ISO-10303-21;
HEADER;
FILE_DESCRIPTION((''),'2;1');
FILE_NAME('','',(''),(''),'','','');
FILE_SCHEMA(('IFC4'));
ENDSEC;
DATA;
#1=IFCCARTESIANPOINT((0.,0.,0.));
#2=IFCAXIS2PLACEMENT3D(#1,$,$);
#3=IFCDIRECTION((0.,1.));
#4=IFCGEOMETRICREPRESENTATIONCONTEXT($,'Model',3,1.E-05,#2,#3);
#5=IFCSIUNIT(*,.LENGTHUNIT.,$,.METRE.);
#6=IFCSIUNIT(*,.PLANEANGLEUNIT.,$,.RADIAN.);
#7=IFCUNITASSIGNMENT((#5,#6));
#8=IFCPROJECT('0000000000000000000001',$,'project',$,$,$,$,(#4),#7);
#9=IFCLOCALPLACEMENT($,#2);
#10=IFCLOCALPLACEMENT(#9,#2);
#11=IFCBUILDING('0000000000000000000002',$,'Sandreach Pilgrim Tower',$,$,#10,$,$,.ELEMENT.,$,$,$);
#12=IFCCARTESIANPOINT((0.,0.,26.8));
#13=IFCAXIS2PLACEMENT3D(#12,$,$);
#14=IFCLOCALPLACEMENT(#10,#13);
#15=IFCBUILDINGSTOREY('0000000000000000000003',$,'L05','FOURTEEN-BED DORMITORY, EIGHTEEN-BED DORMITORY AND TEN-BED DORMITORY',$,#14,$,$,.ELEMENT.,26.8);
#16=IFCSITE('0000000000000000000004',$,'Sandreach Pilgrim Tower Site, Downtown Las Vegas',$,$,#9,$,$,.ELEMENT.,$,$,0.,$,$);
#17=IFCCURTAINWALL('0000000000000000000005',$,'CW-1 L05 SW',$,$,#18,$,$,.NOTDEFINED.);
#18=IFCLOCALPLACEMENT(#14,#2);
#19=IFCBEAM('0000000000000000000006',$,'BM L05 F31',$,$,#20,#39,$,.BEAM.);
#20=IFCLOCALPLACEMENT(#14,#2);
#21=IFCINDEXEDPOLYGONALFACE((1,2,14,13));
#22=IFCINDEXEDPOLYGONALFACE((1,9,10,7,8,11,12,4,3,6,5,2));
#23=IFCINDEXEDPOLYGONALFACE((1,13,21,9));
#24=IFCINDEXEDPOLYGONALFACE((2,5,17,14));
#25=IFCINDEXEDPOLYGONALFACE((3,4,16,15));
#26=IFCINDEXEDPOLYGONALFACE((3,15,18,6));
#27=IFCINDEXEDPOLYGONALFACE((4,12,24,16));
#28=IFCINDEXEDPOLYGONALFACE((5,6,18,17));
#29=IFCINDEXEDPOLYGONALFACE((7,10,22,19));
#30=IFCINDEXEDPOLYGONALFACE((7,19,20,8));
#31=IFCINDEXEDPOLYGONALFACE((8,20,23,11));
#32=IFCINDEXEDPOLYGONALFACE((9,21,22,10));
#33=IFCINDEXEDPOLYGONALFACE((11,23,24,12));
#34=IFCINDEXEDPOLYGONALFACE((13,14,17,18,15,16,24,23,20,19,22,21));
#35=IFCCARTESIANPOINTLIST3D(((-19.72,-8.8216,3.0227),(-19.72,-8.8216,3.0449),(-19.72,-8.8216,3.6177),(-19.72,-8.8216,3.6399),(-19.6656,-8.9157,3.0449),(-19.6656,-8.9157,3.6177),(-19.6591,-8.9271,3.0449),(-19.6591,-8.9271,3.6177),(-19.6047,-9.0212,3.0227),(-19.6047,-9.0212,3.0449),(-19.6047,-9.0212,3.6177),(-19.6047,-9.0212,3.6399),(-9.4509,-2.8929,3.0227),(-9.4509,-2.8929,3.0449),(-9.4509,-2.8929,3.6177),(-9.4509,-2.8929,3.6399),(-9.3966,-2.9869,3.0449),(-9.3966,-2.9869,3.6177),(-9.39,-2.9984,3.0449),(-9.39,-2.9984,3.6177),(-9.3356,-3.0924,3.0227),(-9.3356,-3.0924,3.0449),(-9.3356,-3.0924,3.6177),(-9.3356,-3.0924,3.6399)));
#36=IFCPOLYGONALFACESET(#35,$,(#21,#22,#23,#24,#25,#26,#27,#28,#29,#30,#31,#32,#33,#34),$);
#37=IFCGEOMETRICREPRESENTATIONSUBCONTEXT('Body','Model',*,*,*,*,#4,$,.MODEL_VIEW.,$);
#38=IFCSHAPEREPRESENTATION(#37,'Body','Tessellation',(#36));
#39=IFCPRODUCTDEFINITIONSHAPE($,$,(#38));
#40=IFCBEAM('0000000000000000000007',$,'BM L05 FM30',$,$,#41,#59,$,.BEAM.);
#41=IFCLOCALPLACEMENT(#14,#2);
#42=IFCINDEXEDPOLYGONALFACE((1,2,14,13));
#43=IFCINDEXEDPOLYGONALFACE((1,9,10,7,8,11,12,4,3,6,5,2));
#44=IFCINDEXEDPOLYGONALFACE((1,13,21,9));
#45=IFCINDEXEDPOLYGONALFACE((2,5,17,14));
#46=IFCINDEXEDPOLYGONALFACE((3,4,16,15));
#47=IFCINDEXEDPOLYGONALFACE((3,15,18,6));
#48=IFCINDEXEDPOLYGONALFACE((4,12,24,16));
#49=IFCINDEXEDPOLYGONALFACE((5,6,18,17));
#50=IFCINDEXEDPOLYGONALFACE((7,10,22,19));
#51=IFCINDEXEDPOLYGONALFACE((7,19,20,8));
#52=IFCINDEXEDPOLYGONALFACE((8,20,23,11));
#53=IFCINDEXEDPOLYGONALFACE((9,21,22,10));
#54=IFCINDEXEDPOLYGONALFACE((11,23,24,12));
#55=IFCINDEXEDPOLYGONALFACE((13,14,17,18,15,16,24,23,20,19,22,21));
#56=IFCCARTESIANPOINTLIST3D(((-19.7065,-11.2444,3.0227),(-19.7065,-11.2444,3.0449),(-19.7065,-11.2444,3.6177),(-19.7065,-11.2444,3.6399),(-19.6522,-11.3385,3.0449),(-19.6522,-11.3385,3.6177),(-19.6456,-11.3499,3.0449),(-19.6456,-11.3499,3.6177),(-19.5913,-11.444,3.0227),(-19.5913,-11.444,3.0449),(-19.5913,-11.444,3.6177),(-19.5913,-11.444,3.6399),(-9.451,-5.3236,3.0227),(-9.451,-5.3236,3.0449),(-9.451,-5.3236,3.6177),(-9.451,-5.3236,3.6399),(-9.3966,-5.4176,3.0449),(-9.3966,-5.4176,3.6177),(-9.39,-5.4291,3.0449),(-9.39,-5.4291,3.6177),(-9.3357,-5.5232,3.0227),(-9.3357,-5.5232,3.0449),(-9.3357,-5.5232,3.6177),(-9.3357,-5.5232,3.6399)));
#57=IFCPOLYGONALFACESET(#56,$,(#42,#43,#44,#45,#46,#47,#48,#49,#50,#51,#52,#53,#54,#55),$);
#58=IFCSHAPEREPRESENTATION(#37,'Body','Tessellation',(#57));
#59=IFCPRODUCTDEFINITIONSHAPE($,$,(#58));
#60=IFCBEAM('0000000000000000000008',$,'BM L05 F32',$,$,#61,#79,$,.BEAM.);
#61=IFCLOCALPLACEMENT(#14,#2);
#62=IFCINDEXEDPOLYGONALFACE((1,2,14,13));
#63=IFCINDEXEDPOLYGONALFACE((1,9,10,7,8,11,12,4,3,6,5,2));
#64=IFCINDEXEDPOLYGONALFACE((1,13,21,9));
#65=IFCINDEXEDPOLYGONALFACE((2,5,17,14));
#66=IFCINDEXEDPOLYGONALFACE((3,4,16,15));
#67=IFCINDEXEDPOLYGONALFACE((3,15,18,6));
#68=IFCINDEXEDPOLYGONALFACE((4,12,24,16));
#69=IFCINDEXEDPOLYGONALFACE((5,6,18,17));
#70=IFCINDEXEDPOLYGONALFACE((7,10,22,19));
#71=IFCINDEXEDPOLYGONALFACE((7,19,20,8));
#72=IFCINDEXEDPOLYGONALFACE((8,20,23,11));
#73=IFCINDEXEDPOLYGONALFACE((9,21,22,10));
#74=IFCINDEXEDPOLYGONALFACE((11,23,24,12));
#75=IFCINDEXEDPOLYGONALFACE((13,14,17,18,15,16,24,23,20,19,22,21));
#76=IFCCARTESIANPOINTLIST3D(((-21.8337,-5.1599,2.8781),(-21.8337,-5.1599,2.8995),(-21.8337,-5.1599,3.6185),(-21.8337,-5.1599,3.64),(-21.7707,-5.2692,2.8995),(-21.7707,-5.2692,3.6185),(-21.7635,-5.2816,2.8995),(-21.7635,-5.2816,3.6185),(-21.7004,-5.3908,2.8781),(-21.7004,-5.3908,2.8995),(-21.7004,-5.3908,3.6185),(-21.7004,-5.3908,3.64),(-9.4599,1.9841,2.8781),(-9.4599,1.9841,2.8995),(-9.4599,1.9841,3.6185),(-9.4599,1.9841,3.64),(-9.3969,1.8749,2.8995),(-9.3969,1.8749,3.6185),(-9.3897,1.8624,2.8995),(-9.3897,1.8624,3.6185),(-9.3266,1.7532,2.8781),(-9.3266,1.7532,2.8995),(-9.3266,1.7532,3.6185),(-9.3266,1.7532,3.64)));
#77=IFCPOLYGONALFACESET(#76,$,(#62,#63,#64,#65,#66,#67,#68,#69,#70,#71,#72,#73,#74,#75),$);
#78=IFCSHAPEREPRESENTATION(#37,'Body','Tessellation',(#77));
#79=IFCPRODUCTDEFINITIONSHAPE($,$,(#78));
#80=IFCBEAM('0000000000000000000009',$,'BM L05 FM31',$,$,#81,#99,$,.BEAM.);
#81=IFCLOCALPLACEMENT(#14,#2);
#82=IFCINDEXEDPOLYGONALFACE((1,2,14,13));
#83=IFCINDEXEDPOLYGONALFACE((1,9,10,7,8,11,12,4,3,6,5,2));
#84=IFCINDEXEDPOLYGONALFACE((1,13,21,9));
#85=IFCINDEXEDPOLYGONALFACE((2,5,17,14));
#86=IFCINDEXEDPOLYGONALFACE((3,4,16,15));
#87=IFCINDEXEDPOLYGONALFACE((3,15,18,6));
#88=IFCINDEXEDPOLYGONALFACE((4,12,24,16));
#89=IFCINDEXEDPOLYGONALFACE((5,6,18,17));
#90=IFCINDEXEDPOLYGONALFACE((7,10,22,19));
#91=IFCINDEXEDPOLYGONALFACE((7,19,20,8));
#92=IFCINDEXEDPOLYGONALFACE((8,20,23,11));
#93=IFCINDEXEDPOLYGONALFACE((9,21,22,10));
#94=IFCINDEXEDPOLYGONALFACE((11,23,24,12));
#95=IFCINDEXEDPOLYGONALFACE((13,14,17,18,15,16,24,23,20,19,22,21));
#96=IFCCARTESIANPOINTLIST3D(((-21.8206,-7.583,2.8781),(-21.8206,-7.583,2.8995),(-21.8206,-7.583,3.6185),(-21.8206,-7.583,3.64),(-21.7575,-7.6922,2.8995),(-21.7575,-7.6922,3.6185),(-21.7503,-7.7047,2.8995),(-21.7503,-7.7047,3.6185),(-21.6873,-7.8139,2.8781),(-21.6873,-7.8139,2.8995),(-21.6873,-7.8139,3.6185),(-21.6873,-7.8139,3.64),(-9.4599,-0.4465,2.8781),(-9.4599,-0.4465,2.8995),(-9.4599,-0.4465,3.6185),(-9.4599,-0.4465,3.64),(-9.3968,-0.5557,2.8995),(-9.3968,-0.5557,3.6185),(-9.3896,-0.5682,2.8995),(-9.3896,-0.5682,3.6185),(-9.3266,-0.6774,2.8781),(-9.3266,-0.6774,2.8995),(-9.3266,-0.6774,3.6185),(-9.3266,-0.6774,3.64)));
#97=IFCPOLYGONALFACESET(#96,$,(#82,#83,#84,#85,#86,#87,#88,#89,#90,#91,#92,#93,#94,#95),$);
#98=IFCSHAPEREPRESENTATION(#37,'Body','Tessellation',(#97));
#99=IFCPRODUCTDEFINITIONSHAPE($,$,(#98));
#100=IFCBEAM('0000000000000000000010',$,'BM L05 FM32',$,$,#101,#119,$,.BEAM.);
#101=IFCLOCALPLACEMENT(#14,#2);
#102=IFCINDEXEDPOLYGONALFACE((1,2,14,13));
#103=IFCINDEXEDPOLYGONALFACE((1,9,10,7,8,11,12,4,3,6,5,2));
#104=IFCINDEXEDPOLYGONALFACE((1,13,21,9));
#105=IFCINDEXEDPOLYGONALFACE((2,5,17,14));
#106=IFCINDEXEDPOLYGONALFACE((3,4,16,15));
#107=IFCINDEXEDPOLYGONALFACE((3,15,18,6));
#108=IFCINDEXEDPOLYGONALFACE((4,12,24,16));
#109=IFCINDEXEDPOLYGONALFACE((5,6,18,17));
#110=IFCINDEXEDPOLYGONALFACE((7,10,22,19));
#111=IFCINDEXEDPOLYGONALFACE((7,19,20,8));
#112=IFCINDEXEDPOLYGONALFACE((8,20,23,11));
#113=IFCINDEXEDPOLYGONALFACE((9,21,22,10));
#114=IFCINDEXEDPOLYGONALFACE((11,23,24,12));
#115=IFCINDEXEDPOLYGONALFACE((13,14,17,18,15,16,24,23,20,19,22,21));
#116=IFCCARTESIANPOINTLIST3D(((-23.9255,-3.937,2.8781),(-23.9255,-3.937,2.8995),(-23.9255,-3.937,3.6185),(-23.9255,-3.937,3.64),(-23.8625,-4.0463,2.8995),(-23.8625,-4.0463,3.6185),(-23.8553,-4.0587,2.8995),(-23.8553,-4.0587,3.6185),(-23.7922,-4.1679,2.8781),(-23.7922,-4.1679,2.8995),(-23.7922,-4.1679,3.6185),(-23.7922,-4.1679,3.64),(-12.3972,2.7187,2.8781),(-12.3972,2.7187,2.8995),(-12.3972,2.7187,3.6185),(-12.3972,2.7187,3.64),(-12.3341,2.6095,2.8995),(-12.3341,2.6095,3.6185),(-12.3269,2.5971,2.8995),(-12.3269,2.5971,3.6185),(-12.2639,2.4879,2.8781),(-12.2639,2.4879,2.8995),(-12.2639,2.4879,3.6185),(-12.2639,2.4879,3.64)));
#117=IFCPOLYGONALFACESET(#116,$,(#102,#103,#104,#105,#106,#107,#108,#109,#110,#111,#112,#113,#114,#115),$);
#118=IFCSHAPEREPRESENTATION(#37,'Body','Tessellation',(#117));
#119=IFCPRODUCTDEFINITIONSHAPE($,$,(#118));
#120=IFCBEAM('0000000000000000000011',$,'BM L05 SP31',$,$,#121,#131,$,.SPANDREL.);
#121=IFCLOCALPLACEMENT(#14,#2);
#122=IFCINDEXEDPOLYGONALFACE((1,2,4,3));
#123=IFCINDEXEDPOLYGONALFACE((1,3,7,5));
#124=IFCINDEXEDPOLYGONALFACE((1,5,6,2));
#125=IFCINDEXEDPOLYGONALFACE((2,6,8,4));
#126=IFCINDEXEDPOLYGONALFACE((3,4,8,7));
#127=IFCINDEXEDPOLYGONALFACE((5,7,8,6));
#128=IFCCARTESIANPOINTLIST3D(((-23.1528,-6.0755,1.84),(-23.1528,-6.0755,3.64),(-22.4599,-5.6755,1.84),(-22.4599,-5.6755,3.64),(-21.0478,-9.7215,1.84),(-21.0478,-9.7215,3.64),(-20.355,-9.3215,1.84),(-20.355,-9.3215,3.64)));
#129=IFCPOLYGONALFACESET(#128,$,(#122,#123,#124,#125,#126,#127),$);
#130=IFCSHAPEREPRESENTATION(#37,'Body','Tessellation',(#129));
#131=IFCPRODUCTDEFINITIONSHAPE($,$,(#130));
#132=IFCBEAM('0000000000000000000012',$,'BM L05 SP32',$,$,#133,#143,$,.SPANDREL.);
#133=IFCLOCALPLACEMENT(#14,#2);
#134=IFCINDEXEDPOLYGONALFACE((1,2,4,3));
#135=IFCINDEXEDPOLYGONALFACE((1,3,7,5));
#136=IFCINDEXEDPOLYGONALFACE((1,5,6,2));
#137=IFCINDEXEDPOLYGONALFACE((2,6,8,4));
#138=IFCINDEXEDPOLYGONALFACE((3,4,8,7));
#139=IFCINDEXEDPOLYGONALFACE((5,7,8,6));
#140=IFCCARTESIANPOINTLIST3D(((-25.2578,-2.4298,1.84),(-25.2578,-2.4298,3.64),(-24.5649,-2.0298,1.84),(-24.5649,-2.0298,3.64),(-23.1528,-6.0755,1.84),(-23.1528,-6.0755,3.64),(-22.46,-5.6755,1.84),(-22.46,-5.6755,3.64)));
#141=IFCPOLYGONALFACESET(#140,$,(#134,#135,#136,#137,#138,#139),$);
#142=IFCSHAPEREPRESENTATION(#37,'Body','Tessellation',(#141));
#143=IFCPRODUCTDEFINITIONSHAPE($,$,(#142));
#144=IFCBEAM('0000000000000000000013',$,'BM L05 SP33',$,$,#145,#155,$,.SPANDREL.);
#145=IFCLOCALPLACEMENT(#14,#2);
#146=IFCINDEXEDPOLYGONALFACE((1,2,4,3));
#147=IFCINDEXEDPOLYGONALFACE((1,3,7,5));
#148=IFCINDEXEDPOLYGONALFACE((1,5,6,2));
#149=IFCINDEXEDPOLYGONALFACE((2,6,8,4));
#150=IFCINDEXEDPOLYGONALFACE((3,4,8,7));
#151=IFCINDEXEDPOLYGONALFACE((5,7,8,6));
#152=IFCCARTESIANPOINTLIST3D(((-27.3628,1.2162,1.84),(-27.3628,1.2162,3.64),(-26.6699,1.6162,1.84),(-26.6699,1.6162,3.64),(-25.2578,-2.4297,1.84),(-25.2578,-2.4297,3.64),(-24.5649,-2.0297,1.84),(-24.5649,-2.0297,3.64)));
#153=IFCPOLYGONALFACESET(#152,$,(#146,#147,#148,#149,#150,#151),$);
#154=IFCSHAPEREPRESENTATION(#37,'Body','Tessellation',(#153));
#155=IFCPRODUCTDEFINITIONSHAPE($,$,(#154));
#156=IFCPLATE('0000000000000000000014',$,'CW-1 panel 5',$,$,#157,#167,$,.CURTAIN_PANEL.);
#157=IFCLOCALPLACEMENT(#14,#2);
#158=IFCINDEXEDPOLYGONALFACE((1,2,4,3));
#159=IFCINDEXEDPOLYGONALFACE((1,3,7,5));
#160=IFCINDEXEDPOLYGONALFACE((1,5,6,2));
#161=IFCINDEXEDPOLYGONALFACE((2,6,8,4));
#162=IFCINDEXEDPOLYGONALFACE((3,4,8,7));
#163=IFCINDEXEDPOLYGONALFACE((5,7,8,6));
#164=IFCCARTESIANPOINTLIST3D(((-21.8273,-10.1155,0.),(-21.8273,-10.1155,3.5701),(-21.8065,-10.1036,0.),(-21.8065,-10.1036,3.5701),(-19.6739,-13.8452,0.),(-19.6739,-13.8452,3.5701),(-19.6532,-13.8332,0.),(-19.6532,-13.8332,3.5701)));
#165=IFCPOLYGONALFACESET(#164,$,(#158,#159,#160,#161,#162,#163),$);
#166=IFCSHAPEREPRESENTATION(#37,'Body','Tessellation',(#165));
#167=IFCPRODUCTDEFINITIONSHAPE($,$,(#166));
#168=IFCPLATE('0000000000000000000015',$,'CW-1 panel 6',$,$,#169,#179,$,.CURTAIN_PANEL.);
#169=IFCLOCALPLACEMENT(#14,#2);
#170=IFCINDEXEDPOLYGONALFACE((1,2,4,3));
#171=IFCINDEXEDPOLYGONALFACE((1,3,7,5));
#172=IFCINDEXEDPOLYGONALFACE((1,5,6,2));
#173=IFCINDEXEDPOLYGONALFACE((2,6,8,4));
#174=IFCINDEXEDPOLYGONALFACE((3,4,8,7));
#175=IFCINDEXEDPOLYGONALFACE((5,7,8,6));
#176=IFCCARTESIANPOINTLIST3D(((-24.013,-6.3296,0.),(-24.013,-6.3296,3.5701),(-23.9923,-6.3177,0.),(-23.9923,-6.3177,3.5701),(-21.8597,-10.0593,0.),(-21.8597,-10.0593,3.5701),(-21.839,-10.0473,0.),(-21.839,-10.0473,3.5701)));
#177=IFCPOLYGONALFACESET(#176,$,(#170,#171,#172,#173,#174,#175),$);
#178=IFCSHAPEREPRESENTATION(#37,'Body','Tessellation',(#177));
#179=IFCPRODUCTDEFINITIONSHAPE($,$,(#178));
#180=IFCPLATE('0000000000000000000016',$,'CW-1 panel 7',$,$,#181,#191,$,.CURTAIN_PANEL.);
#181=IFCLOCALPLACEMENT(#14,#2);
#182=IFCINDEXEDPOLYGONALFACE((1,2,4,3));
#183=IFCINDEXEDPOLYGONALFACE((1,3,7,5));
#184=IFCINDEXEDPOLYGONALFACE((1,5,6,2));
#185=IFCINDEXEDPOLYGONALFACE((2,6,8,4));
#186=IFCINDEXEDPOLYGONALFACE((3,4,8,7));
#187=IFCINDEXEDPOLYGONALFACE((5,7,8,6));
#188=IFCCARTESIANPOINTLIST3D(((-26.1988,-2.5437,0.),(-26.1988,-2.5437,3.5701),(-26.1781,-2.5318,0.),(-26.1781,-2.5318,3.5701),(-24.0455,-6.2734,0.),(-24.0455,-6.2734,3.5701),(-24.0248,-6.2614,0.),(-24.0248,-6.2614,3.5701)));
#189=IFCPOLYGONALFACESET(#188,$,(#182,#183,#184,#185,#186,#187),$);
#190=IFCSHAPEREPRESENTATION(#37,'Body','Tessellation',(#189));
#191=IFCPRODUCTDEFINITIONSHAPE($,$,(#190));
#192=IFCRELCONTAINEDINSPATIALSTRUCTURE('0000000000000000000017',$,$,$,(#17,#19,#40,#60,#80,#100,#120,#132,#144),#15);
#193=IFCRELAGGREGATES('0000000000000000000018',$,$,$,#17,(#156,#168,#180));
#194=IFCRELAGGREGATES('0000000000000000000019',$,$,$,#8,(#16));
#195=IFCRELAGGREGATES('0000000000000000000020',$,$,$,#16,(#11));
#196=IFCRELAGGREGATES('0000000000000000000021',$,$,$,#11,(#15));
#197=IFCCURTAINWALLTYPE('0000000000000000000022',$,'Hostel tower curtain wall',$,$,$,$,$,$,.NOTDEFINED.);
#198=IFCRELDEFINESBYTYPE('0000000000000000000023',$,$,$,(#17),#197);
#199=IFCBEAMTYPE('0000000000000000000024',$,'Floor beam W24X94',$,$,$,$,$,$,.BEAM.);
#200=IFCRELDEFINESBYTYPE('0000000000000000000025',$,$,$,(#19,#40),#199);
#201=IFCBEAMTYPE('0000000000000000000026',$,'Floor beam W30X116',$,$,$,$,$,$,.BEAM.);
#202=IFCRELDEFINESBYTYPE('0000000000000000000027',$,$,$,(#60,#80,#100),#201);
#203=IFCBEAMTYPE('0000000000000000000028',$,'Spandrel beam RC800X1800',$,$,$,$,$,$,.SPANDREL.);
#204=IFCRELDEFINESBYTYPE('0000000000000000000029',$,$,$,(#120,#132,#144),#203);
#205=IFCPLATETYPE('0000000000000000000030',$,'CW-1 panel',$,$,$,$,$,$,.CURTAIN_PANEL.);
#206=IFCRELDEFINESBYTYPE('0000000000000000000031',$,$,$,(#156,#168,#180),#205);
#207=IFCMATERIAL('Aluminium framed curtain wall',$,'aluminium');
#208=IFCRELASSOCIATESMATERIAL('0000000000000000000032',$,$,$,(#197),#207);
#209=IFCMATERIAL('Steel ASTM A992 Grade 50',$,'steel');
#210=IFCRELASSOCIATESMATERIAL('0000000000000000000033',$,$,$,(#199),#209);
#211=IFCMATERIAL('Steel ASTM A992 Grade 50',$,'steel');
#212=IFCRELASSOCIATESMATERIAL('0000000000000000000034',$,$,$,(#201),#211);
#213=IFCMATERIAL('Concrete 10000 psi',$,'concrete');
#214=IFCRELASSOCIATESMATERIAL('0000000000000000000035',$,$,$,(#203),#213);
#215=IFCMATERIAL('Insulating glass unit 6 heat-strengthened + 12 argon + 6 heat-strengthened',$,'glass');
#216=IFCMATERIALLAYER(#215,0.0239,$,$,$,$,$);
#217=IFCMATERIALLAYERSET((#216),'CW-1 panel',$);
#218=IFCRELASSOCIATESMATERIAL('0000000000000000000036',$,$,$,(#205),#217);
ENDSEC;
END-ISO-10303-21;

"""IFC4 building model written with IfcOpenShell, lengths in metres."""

from ifc_helpers import new_model, si_unit, direction, frame, origin, origin_2d, place, context, subcontext, project, spatial, rectangle, i_section, extrude, material, layer, layer_set, material_profile, profile_set, type_object, element, aggregate, save


model = new_model("IFC4")

# Units and contexts
model_context = context("Model", 3, precision=1e-05, world=origin(), true_north=direction((0.0, 1.0)))
body_context = subcontext(model_context, "Body", "Model", "MODEL_VIEW")
ifc_project = project(units=[si_unit("LENGTHUNIT", "METRE"), si_unit("PLANEANGLEUNIT", "RADIAN")], contexts=[model_context])

# Site, building, storey
site_placement = place(None, origin())
site = spatial("IfcSite", under=ifc_project, at=site_placement, Name="Sandreach Pilgrim Tower Site, Downtown Las Vegas", CompositionType="ELEMENT", RefElevation=0.0)
building_placement = place(site_placement, origin())
building = spatial("IfcBuilding", under=site, at=building_placement, Name="Sandreach Pilgrim Tower", CompositionType="ELEMENT")
storey_placement = place(building_placement, frame((0.0, 0.0, 26.8)))
storey = spatial("IfcBuildingStorey", under=building, at=storey_placement, Name="L05", Description="FOURTEEN-BED DORMITORY, EIGHTEEN-BED DORMITORY AND TEN-BED DORMITORY", CompositionType="ELEMENT", Elevation=26.8)

# Curtain wall
ifc_material_1 = material(Name="Aluminium framed curtain wall", Category="aluminium")
curtain_wall_type = type_object("IfcCurtainWallType", Name="Hostel tower curtain wall", PredefinedType="NOTDEFINED", material=ifc_material_1)
curtain_wall_placement = place(storey_placement, origin())
curtain_wall = element("IfcCurtainWall", 1, at=curtain_wall_placement, inside=storey, type_object=curtain_wall_type, Name="CW-1 L05 SW", PredefinedType="NOTDEFINED")

# Beams
ifc_material_2 = material(Name="Steel ASTM A992 Grade 50", Category="steel")
ifc_material_profile_1 = material_profile(ifc_material_2, i_section(OverallWidth=0.2305, OverallDepth=0.6172, WebThickness=0.0132, FlangeThickness=0.0222, at=origin_2d()), Name="W24X94")
ifc_profile_set_1 = profile_set([ifc_material_profile_1], Name="Steel ASTM A992 Grade 50")
beam_type_1 = type_object("IfcBeamType", Name="Floor beam W24X94", PredefinedType="BEAM", material=ifc_profile_set_1)
beam_1_placement = place(storey_placement, frame((-19.6624, -8.9214, 3.3313), z_axis=(0.86603, 0.499992, 0.0), x_axis=(-0.499992, 0.86603, 0.0)))
element("IfcBeam", 2, at=beam_1_placement, inside=storey, type_object=beam_type_1, Name="BM L05 F31", PredefinedType="BEAM", context=body_context, shape_type="SweptSolid", body=[
    extrude(i_section(OverallWidth=0.2305, OverallDepth=0.6172, WebThickness=0.0132, FlangeThickness=0.0222, at=origin_2d()), origin(), (0.0, 0.0, 1.0), 11.8577),
])
beam_2_placement = place(storey_placement, frame((-19.6489, -11.3442, 3.3313), z_axis=(0.866032, 0.499988, 0.0), x_axis=(-0.499988, 0.866032, 0.0)))
element("IfcBeam", 3, at=beam_2_placement, inside=storey, type_object=beam_type_1, Name="BM L05 FM30", PredefinedType="BEAM", context=body_context, shape_type="SweptSolid", body=[
    extrude(i_section(OverallWidth=0.2305, OverallDepth=0.6172, WebThickness=0.0132, FlangeThickness=0.0222, at=origin_2d()), origin(), (0.0, 0.0, 1.0), 11.842),
])
ifc_material_3 = material(Name="Steel ASTM A992 Grade 50", Category="steel")
ifc_material_profile_2 = material_profile(ifc_material_3, i_section(OverallWidth=0.2666, OverallDepth=0.762, WebThickness=0.0144, FlangeThickness=0.0215, at=origin_2d()), Name="W30X116")
ifc_profile_set_2 = profile_set([ifc_material_profile_2], Name="Steel ASTM A992 Grade 50")
beam_type_2 = type_object("IfcBeamType", Name="Floor beam W30X116", PredefinedType="BEAM", material=ifc_profile_set_2)
beam_3_placement = place(storey_placement, frame((-21.7671, -5.2754, 3.259), z_axis=(0.866024, 0.500002, 0.0), x_axis=(-0.500002, 0.866024, 0.0)))
element("IfcBeam", 4, at=beam_3_placement, inside=storey, type_object=beam_type_2, Name="BM L05 F32", PredefinedType="BEAM", context=body_context, shape_type="SweptSolid", body=[
    extrude(i_section(OverallWidth=0.2666, OverallDepth=0.762, WebThickness=0.0144, FlangeThickness=0.0215, at=origin_2d()), origin(), (0.0, 0.0, 1.0), 14.2881),
])
beam_4_placement = place(storey_placement, frame((-21.7539, -7.6985, 3.259), z_axis=(0.866023, 0.500004, 0.0), x_axis=(-0.500004, 0.866023, 0.0)))
element("IfcBeam", 5, at=beam_4_placement, inside=storey, type_object=beam_type_2, Name="BM L05 FM31", PredefinedType="BEAM", context=body_context, shape_type="SweptSolid", body=[
    extrude(i_section(OverallWidth=0.2666, OverallDepth=0.762, WebThickness=0.0144, FlangeThickness=0.0215, at=origin_2d()), origin(), (0.0, 0.0, 1.0), 14.2729),
])
beam_5_placement = place(storey_placement, frame((-23.8589, -4.0525, 3.259), z_axis=(0.866029, 0.499993, 0.0), x_axis=(-0.499993, 0.866029, 0.0)))
element("IfcBeam", 6, at=beam_5_placement, inside=storey, type_object=beam_type_2, Name="BM L05 FM32", PredefinedType="BEAM", context=body_context, shape_type="SweptSolid", body=[
    extrude(i_section(OverallWidth=0.2666, OverallDepth=0.762, WebThickness=0.0144, FlangeThickness=0.0215, at=origin_2d()), origin(), (0.0, 0.0, 1.0), 13.3118),
])
ifc_material_4 = material(Name="Concrete 10000 psi", Category="concrete")
ifc_material_profile_3 = material_profile(ifc_material_4, rectangle(XDim=0.8, YDim=1.8, at=origin_2d()), Name="RC800X1800")
ifc_profile_set_3 = profile_set([ifc_material_profile_3], Name="Concrete 10000 psi")
beam_type_3 = type_object("IfcBeamType", Name="Spandrel beam RC800X1800", PredefinedType="SPANDREL", material=ifc_profile_set_3)
beam_6_placement = place(storey_placement, frame((-20.7014, -9.5215, 2.74), z_axis=(-0.499994, 0.866029, 0.0), x_axis=(-0.866029, -0.499994, 0.0)))
element("IfcBeam", 7, at=beam_6_placement, inside=storey, type_object=beam_type_3, Name="BM L05 SP31", PredefinedType="SPANDREL", context=body_context, shape_type="SweptSolid", body=[
    extrude(rectangle(XDim=0.8, YDim=1.8, at=origin_2d()), origin(), (0.0, 0.0, 1.0), 4.21),
])
beam_7_placement = place(storey_placement, frame((-22.8064, -5.8755, 2.74), z_axis=(-0.500019, 0.866015, 0.0), x_axis=(-0.866015, -0.500019, 0.0)))
element("IfcBeam", 8, at=beam_7_placement, inside=storey, type_object=beam_type_3, Name="BM L05 SP32", PredefinedType="SPANDREL", context=body_context, shape_type="SweptSolid", body=[
    extrude(rectangle(XDim=0.8, YDim=1.8, at=origin_2d()), origin(), (0.0, 0.0, 1.0), 4.2097),
])
beam_8_placement = place(storey_placement, frame((-24.9114, -2.2297, 2.74), z_axis=(-0.499994, 0.866029, 0.0), x_axis=(-0.866029, -0.499994, 0.0)))
element("IfcBeam", 9, at=beam_8_placement, inside=storey, type_object=beam_type_3, Name="BM L05 SP33", PredefinedType="SPANDREL", context=body_context, shape_type="SweptSolid", body=[
    extrude(rectangle(XDim=0.8, YDim=1.8, at=origin_2d()), origin(), (0.0, 0.0, 1.0), 4.21),
])

# Plates
ifc_material_5 = material(Name="Insulating glass unit 6 heat-strengthened + 12 argon + 6 heat-strengthened", Category="glass")
ifc_layer_1 = layer(ifc_material_5, 0.0239)
ifc_layer_set_1 = layer_set([ifc_layer_1], Name="CW-1 panel")
plate_type = type_object("IfcPlateType", Name="CW-1 panel", PredefinedType="CURTAIN_PANEL", material=ifc_layer_set_1)
plate_1_placement = place(storey_placement, frame((-20.7402, -11.9744, 0.0), z_axis=(0.0, 0.0, 1.0), x_axis=(-0.5, 0.866025, 0.0)))
plate_1 = element("IfcPlate", 10, at=plate_1_placement, type_object=plate_type, Name="CW-1 panel 5", PredefinedType="CURTAIN_PANEL", context=body_context, shape_type="SweptSolid", body=[
    extrude(rectangle(XDim=4.3066, YDim=0.0239, at=origin_2d()), origin(), (0.0, 0.0, 1.0), 3.5701),
])
plate_2_placement = place(storey_placement, frame((-22.926, -8.1885, 0.0), z_axis=(0.0, 0.0, 1.0), x_axis=(-0.5, 0.866025, 0.0)))
plate_2 = element("IfcPlate", 11, at=plate_2_placement, type_object=plate_type, Name="CW-1 panel 6", PredefinedType="CURTAIN_PANEL", context=body_context, shape_type="SweptSolid", body=[
    extrude(rectangle(XDim=4.3066, YDim=0.0239, at=origin_2d()), origin(), (0.0, 0.0, 1.0), 3.5701),
])
plate_3_placement = place(storey_placement, frame((-25.1118, -4.4026, 0.0), z_axis=(0.0, 0.0, 1.0), x_axis=(-0.5, 0.866025, 0.0)))
plate_3 = element("IfcPlate", 12, at=plate_3_placement, type_object=plate_type, Name="CW-1 panel 7", PredefinedType="CURTAIN_PANEL", context=body_context, shape_type="SweptSolid", body=[
    extrude(rectangle(XDim=4.3066, YDim=0.0239, at=origin_2d()), origin(), (0.0, 0.0, 1.0), 3.5701),
])
aggregate(curtain_wall, [plate_1, plate_2, plate_3])

save(model, "model.ifc")
